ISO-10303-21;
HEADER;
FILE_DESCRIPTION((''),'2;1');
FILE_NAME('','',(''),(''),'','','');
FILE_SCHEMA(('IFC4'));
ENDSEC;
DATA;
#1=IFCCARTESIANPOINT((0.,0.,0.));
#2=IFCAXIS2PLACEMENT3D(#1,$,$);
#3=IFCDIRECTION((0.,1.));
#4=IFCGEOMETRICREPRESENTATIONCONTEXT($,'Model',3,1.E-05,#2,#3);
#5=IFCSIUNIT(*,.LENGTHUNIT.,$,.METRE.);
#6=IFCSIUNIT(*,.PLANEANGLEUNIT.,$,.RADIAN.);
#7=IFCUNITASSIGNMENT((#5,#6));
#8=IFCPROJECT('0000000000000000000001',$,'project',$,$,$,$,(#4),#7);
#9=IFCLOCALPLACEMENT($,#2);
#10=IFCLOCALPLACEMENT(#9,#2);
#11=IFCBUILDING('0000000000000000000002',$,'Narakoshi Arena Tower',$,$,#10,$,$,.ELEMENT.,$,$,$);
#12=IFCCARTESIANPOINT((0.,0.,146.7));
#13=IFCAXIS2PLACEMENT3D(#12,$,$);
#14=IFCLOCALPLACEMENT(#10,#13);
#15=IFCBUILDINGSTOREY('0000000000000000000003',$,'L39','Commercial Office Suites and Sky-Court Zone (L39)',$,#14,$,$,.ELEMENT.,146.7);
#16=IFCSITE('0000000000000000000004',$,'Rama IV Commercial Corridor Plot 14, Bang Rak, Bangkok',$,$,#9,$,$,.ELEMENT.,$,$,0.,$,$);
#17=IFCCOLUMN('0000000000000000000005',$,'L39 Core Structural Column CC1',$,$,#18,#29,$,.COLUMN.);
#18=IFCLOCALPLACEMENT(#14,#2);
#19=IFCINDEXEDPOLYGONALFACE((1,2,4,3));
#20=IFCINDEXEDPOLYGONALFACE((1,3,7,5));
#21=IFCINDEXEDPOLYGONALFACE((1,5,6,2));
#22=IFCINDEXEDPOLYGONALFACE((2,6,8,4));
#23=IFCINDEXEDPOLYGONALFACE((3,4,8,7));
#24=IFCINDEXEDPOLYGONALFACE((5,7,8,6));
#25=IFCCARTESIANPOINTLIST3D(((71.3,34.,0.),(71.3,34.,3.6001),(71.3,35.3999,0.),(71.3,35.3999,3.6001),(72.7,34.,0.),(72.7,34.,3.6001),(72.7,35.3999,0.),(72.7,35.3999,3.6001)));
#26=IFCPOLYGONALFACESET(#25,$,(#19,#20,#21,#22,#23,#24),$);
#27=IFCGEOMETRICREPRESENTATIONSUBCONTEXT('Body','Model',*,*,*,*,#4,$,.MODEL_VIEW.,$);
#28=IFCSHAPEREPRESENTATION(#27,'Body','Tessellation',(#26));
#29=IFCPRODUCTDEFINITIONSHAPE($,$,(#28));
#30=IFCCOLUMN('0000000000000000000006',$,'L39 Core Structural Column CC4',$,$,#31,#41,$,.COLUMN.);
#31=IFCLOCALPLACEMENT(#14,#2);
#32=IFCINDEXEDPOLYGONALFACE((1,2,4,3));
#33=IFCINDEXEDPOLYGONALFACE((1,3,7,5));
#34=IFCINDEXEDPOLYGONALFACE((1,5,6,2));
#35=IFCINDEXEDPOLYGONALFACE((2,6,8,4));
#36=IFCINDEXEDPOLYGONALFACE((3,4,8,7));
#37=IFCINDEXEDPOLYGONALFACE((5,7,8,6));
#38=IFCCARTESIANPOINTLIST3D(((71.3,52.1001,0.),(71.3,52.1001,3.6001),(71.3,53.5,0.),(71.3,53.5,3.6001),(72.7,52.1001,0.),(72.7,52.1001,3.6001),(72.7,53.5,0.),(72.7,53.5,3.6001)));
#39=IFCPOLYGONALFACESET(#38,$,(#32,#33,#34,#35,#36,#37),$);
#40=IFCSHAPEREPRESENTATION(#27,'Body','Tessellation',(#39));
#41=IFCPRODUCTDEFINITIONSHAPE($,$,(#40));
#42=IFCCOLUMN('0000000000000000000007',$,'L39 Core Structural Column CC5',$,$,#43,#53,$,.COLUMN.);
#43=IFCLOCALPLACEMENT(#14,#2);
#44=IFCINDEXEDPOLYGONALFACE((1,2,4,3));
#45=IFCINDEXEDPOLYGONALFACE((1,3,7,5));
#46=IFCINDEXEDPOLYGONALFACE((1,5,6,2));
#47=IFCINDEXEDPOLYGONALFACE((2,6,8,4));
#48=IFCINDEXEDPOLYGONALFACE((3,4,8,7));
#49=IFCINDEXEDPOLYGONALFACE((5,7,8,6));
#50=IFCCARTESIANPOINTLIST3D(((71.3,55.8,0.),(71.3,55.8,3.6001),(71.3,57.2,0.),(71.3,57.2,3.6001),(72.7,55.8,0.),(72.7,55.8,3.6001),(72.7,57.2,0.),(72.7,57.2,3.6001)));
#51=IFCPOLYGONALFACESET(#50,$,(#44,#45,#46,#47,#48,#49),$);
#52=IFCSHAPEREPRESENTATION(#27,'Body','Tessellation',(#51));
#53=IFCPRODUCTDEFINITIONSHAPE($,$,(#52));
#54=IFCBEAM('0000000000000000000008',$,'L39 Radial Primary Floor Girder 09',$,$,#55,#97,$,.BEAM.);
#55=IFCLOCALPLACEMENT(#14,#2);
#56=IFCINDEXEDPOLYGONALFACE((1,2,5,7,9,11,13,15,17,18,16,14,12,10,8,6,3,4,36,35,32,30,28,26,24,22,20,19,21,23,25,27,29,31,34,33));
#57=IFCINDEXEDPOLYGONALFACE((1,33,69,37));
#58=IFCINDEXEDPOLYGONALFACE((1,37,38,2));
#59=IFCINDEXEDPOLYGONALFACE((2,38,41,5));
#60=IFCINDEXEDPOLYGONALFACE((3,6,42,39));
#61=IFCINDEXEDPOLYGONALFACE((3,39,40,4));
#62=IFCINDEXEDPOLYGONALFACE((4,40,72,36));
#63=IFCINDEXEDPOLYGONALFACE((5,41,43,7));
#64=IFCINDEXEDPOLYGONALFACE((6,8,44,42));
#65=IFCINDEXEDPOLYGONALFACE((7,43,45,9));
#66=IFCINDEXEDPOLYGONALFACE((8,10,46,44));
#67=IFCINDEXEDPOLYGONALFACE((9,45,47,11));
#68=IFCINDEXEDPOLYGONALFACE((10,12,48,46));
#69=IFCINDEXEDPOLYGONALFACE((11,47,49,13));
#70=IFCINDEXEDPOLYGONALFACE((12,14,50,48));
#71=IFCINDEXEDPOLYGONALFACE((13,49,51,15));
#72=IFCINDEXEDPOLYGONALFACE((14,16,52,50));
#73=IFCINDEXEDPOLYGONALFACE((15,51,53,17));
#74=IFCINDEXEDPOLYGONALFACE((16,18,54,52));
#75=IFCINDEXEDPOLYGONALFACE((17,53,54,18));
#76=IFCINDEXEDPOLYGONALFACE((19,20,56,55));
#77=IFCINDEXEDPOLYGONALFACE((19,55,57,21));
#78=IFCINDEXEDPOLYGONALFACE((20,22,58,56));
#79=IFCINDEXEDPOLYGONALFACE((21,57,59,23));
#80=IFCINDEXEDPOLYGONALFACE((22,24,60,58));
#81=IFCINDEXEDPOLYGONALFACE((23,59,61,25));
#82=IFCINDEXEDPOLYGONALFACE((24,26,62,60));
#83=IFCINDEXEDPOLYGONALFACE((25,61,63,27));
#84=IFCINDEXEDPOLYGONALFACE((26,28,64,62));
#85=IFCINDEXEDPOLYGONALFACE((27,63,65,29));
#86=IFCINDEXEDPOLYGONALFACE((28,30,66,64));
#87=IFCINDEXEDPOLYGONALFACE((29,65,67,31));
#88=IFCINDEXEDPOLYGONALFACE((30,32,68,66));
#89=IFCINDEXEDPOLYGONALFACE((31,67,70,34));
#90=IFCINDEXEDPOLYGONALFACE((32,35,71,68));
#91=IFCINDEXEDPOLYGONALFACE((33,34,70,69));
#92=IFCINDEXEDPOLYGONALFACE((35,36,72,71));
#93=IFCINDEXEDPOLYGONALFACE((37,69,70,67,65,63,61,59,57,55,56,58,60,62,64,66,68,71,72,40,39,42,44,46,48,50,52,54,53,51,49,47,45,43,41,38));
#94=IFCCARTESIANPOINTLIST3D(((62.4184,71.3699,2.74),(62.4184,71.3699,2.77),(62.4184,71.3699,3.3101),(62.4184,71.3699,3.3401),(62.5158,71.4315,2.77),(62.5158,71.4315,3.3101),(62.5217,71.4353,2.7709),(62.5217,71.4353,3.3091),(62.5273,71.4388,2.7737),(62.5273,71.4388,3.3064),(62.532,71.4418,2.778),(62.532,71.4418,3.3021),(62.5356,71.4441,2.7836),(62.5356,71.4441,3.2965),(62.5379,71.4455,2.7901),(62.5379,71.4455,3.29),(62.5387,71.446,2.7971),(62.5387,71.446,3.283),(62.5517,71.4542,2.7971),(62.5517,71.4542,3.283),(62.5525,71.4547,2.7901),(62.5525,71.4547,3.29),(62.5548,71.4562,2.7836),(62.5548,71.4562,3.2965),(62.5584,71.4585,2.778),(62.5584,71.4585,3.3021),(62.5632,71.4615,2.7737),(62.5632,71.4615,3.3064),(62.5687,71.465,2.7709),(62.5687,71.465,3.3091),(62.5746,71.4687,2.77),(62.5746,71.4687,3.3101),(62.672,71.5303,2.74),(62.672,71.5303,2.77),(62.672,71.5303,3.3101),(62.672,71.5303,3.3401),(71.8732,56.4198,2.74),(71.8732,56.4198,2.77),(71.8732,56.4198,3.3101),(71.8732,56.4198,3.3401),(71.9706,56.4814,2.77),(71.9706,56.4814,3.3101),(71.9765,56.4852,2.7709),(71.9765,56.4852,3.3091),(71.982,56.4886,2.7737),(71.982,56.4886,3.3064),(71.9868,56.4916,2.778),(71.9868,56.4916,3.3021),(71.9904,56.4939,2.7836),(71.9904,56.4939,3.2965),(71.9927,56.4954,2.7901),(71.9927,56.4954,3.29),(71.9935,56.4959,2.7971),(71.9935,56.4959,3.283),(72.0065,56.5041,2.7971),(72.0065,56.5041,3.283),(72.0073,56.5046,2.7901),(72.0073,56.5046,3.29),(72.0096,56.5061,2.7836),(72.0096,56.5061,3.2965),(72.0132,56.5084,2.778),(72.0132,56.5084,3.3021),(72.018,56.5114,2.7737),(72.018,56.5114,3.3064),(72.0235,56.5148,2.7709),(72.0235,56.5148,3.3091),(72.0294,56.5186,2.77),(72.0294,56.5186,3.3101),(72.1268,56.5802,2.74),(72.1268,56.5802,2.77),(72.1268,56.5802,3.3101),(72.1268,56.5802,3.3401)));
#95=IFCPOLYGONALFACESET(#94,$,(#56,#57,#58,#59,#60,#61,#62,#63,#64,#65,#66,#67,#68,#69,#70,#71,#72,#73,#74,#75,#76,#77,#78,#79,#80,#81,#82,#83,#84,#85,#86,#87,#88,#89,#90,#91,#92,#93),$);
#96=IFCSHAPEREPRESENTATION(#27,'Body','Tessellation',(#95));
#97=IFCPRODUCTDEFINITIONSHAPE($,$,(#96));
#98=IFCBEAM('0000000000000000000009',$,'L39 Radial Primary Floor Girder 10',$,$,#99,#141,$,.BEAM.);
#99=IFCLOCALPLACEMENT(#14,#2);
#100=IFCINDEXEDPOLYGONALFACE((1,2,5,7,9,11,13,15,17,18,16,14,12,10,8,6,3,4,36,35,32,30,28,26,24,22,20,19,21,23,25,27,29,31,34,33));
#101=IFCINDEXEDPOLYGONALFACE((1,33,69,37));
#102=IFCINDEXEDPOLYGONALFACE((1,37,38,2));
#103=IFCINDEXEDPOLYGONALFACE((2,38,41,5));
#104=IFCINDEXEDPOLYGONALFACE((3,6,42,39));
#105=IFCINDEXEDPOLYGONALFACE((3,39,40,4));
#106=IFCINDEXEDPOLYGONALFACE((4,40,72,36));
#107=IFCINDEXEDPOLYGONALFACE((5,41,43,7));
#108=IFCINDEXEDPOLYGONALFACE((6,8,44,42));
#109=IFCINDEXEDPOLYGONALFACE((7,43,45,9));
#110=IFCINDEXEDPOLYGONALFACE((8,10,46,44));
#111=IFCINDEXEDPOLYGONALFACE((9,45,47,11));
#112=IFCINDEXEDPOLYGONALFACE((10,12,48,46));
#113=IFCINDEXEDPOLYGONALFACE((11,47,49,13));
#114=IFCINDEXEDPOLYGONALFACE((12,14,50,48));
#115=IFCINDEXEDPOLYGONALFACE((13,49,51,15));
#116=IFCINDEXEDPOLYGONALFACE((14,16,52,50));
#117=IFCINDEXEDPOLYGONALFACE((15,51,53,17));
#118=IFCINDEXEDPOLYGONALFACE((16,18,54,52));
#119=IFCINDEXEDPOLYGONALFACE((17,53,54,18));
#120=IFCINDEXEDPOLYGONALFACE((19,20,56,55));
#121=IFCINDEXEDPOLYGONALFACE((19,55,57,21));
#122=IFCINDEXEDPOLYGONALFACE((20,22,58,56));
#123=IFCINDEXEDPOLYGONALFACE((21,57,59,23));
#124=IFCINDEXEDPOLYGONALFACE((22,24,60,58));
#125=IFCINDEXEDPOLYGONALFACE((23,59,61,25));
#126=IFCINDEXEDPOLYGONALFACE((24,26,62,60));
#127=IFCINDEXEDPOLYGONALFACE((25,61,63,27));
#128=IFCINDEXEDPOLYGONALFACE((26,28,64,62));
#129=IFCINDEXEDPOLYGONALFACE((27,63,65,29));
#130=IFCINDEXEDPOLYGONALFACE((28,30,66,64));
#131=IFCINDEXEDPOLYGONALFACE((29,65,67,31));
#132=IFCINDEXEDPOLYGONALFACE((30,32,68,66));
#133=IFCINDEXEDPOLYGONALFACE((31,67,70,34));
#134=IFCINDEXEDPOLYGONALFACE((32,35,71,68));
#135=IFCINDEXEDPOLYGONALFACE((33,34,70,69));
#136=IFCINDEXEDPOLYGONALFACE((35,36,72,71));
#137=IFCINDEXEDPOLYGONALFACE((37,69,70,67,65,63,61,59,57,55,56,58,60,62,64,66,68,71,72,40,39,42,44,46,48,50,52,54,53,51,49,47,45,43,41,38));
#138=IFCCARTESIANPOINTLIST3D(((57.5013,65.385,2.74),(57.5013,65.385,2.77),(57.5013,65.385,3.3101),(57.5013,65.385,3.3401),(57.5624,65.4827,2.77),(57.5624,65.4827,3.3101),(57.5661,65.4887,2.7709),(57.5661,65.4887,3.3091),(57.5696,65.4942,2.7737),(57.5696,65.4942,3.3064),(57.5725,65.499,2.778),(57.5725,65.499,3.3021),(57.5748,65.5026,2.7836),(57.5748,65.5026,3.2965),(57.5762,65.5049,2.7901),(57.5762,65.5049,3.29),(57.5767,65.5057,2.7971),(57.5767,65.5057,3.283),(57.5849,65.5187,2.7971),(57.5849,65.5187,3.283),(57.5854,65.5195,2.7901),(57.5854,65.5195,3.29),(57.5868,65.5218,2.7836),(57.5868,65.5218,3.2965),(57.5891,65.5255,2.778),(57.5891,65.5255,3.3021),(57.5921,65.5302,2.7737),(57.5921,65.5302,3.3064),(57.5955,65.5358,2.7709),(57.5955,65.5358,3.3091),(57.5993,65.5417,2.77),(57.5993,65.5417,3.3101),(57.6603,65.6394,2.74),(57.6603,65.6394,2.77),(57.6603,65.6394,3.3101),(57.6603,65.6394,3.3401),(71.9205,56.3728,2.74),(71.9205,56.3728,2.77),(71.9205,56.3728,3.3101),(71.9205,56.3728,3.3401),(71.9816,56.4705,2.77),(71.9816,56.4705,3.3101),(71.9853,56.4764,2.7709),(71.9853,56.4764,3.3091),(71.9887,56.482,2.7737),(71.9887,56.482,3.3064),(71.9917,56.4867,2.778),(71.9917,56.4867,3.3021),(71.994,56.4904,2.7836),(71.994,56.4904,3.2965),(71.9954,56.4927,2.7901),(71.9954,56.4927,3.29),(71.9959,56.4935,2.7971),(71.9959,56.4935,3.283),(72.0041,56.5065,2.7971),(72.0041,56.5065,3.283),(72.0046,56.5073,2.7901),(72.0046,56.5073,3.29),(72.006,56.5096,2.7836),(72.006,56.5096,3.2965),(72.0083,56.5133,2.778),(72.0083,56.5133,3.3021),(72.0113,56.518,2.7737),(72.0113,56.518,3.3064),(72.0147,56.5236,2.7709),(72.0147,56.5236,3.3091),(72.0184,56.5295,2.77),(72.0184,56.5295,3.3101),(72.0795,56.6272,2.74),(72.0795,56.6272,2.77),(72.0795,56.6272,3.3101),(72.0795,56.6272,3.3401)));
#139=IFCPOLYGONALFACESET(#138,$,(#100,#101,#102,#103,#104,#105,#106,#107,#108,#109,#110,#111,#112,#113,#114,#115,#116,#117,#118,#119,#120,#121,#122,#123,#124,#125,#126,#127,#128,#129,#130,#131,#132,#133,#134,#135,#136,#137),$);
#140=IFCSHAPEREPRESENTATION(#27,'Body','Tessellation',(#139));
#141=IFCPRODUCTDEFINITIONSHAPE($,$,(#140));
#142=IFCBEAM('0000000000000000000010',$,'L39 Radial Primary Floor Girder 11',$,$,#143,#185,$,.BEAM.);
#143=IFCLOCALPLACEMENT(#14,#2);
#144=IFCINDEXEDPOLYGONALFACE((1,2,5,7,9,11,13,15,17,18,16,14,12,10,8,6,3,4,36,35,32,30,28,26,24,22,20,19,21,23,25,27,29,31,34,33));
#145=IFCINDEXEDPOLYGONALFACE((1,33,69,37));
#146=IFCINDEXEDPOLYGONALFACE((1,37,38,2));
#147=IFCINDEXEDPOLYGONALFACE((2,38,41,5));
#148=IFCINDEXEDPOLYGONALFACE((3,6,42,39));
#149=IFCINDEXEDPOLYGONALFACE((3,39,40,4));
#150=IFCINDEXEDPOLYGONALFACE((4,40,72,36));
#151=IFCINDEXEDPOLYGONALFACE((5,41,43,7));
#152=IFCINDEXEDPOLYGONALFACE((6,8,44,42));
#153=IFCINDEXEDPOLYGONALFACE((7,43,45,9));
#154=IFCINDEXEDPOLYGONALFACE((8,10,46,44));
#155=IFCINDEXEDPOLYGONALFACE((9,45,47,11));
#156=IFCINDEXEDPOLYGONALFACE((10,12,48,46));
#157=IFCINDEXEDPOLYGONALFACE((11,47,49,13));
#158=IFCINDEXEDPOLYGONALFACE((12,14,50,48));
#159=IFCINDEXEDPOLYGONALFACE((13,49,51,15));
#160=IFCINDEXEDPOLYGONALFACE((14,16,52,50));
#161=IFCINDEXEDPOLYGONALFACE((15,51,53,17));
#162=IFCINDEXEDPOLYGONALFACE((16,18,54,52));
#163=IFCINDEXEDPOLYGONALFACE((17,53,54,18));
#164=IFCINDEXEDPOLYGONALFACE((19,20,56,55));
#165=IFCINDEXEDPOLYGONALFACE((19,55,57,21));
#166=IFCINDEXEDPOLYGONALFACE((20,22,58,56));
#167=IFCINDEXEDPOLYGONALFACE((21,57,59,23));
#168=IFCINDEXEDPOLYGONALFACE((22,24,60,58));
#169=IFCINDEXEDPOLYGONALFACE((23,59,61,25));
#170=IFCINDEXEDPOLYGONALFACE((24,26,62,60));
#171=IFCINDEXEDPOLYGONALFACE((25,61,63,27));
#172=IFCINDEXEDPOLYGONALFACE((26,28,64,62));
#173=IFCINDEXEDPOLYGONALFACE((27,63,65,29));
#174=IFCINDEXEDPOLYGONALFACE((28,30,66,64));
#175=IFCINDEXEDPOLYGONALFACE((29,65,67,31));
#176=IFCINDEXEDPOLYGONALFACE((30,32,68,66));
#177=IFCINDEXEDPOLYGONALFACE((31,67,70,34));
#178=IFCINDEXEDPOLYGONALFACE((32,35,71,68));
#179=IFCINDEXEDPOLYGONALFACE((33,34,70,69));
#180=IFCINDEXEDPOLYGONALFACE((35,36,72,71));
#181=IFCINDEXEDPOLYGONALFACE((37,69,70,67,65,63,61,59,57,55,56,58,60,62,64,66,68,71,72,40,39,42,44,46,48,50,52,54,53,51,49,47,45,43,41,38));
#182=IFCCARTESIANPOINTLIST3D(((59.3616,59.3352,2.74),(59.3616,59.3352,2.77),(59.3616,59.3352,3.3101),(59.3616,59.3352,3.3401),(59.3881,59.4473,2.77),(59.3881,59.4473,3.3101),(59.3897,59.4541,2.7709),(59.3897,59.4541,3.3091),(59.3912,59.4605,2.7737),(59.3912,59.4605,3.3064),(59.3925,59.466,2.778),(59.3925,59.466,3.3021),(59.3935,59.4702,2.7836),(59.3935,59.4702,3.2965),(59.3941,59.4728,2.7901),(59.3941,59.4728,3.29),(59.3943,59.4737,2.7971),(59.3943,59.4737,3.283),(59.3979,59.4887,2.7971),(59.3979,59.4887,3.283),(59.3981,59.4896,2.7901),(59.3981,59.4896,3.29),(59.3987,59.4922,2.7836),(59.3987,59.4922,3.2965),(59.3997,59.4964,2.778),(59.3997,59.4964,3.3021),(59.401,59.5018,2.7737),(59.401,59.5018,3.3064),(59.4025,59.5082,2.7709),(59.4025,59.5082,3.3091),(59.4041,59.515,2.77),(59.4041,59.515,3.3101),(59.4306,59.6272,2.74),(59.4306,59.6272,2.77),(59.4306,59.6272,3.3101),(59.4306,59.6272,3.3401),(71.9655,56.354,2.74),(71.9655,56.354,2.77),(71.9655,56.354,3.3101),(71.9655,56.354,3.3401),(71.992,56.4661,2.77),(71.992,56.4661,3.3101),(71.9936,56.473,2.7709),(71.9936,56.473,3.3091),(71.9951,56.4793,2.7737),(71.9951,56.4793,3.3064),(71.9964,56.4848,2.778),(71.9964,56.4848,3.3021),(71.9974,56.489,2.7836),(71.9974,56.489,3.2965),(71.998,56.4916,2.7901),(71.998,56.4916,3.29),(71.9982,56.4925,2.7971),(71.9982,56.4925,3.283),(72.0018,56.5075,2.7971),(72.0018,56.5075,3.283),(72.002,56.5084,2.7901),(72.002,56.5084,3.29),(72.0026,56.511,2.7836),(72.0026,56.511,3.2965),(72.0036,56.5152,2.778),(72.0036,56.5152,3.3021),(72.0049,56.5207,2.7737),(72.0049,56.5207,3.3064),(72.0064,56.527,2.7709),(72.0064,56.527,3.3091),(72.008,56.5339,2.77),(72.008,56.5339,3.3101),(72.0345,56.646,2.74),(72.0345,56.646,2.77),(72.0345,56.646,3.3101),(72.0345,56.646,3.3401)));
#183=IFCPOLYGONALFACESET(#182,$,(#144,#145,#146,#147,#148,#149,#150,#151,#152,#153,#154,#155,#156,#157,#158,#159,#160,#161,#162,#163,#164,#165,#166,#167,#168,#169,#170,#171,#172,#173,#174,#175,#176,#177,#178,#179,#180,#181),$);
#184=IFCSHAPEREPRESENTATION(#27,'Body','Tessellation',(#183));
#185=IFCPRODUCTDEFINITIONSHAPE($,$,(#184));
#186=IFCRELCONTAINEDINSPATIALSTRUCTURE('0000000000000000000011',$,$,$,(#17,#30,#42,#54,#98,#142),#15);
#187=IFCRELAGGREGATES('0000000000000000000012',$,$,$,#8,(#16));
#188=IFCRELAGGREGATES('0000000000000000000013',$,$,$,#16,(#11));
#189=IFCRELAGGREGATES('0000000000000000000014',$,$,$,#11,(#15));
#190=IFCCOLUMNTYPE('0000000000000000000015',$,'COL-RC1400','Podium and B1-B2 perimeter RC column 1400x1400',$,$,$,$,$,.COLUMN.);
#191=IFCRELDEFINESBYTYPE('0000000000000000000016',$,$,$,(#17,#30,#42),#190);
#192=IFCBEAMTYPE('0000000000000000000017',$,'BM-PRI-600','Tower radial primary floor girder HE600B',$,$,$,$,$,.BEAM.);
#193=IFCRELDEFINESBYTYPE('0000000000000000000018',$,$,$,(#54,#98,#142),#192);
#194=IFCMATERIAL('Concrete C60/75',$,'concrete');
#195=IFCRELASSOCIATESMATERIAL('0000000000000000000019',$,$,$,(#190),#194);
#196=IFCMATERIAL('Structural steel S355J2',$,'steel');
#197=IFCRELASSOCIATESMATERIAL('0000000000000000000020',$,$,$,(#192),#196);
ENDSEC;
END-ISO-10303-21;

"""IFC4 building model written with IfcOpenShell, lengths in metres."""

from ifc_helpers import new_model, si_unit, direction, frame, origin, origin_2d, place, context, subcontext, project, spatial, rectangle, i_section, extrude, material, material_profile, profile_set, type_object, element, save


model = new_model("IFC4")

# Units and contexts
model_context = context("Model", 3, precision=1e-05, world=origin(), true_north=direction((0.0, 1.0)))
body_context = subcontext(model_context, "Body", "Model", "MODEL_VIEW")
ifc_project = project(units=[si_unit("LENGTHUNIT", "METRE"), si_unit("PLANEANGLEUNIT", "RADIAN")], contexts=[model_context])

# Site, building, storey
site_placement = place(None, origin())
site = spatial("IfcSite", under=ifc_project, at=site_placement, Name="Rama IV Commercial Corridor Plot 14, Bang Rak, Bangkok", CompositionType="ELEMENT", RefElevation=0.0)
building_placement = place(site_placement, origin())
building = spatial("IfcBuilding", under=site, at=building_placement, Name="Narakoshi Arena Tower", CompositionType="ELEMENT")
storey_placement = place(building_placement, frame((0.0, 0.0, 146.7)))
storey = spatial("IfcBuildingStorey", under=building, at=storey_placement, Name="L39", Description="Commercial Office Suites and Sky-Court Zone (L39)", CompositionType="ELEMENT", Elevation=146.7)

# Columns
ifc_material_1 = material(Name="Concrete C60/75", Category="concrete")
ifc_material_profile_1 = material_profile(ifc_material_1, rectangle(XDim=1.3999, YDim=1.3999, at=origin_2d()), Name="RC1400x1400")
ifc_profile_set_1 = profile_set([ifc_material_profile_1], Name="Concrete C60/75")
column_type = type_object("IfcColumnType", Name="COL-RC1400", Description="Podium and B1-B2 perimeter RC column 1400x1400", PredefinedType="COLUMN", material=ifc_profile_set_1)
for number, where, z_axis, x_axis, name in (
    (1, (72.0, 34.7, 0.0), (0.0, 0.0, 1.0), (1.0, 0.0, 0.0), "L39 Core Structural Column CC1"),
    (2, (72.0, 52.8, 0.0), (0.0, 0.0, 1.0), (1.0, 0.0, 0.0), "L39 Core Structural Column CC4"),
    (3, (72.0, 56.5, 0.0), (0.0, 0.0, 1.0), (1.0, 0.0, 0.0), "L39 Core Structural Column CC5"),
):
    element("IfcColumn", number, at=place(storey_placement, frame(where, z_axis=z_axis, x_axis=x_axis)), inside=storey, type_object=column_type, Name=name, PredefinedType="COLUMN", context=body_context, shape_type="SweptSolid", body=[
        extrude(rectangle(XDim=1.3999, YDim=1.3999, at=origin_2d()), origin(), (0.0, 0.0, 1.0), 3.6001),
    ])

# Beams
ifc_material_2 = material(Name="Structural steel S355J2", Category="steel")
ifc_material_profile_2 = material_profile(ifc_material_2, i_section(OverallWidth=0.3, OverallDepth=0.6001, WebThickness=0.0154, FlangeThickness=0.03, FilletRadius=0.0271, at=origin_2d()), Name="HE600B")
ifc_profile_set_2 = profile_set([ifc_material_profile_2], Name="Structural steel S355J2")
beam_type_1 = type_object("IfcBeamType", Name="BM-PRI-600", Description="Tower radial primary floor girder HE600B", PredefinedType="BEAM", material=ifc_profile_set_2)
beam_1_placement = place(storey_placement, frame((72.0, 56.5, 3.04), z_axis=(-0.534502, 0.845167, 0.0), x_axis=(-0.845167, -0.534502, 0.0)))
element("IfcBeam", 4, at=beam_1_placement, inside=storey, type_object=beam_type_1, Name="L39 Radial Primary Floor Girder 09", PredefinedType="BEAM", context=body_context, shape_type="SweptSolid", body=[
    extrude(i_section(OverallWidth=0.3, OverallDepth=0.6001, WebThickness=0.0154, FlangeThickness=0.03, FilletRadius=0.0271, at=origin_2d()), origin(), (0.0, 0.0, 1.0), 17.689),
])
beam_2_placement = place(storey_placement, frame((72.0, 56.5, 3.04), z_axis=(-0.847993, 0.530008, 0.0), x_axis=(-0.530008, -0.847993, 0.0)))
element("IfcBeam", 5, at=beam_2_placement, inside=storey, type_object=beam_type_1, Name="L39 Radial Primary Floor Girder 10", PredefinedType="BEAM", context=body_context, shape_type="SweptSolid", body=[
    extrude(i_section(OverallWidth=0.3, OverallDepth=0.6001, WebThickness=0.0154, FlangeThickness=0.03, FilletRadius=0.0271, at=origin_2d()), origin(), (0.0, 0.0, 1.0), 17.0039),
])
beam_3_placement = place(storey_placement, frame((72.0, 56.5, 3.04), z_axis=(-0.973149, 0.230177, 0.0), x_axis=(-0.230177, -0.973149, 0.0)))
element("IfcBeam", 6, at=beam_3_placement, inside=storey, type_object=beam_type_1, Name="L39 Radial Primary Floor Girder 11", PredefinedType="BEAM", context=body_context, shape_type="SweptSolid", body=[
    extrude(i_section(OverallWidth=0.3, OverallDepth=0.6001, WebThickness=0.0154, FlangeThickness=0.03, FilletRadius=0.0271, at=origin_2d()), origin(), (0.0, 0.0, 1.0), 12.9517),
])

save(model, "model.ifc")
